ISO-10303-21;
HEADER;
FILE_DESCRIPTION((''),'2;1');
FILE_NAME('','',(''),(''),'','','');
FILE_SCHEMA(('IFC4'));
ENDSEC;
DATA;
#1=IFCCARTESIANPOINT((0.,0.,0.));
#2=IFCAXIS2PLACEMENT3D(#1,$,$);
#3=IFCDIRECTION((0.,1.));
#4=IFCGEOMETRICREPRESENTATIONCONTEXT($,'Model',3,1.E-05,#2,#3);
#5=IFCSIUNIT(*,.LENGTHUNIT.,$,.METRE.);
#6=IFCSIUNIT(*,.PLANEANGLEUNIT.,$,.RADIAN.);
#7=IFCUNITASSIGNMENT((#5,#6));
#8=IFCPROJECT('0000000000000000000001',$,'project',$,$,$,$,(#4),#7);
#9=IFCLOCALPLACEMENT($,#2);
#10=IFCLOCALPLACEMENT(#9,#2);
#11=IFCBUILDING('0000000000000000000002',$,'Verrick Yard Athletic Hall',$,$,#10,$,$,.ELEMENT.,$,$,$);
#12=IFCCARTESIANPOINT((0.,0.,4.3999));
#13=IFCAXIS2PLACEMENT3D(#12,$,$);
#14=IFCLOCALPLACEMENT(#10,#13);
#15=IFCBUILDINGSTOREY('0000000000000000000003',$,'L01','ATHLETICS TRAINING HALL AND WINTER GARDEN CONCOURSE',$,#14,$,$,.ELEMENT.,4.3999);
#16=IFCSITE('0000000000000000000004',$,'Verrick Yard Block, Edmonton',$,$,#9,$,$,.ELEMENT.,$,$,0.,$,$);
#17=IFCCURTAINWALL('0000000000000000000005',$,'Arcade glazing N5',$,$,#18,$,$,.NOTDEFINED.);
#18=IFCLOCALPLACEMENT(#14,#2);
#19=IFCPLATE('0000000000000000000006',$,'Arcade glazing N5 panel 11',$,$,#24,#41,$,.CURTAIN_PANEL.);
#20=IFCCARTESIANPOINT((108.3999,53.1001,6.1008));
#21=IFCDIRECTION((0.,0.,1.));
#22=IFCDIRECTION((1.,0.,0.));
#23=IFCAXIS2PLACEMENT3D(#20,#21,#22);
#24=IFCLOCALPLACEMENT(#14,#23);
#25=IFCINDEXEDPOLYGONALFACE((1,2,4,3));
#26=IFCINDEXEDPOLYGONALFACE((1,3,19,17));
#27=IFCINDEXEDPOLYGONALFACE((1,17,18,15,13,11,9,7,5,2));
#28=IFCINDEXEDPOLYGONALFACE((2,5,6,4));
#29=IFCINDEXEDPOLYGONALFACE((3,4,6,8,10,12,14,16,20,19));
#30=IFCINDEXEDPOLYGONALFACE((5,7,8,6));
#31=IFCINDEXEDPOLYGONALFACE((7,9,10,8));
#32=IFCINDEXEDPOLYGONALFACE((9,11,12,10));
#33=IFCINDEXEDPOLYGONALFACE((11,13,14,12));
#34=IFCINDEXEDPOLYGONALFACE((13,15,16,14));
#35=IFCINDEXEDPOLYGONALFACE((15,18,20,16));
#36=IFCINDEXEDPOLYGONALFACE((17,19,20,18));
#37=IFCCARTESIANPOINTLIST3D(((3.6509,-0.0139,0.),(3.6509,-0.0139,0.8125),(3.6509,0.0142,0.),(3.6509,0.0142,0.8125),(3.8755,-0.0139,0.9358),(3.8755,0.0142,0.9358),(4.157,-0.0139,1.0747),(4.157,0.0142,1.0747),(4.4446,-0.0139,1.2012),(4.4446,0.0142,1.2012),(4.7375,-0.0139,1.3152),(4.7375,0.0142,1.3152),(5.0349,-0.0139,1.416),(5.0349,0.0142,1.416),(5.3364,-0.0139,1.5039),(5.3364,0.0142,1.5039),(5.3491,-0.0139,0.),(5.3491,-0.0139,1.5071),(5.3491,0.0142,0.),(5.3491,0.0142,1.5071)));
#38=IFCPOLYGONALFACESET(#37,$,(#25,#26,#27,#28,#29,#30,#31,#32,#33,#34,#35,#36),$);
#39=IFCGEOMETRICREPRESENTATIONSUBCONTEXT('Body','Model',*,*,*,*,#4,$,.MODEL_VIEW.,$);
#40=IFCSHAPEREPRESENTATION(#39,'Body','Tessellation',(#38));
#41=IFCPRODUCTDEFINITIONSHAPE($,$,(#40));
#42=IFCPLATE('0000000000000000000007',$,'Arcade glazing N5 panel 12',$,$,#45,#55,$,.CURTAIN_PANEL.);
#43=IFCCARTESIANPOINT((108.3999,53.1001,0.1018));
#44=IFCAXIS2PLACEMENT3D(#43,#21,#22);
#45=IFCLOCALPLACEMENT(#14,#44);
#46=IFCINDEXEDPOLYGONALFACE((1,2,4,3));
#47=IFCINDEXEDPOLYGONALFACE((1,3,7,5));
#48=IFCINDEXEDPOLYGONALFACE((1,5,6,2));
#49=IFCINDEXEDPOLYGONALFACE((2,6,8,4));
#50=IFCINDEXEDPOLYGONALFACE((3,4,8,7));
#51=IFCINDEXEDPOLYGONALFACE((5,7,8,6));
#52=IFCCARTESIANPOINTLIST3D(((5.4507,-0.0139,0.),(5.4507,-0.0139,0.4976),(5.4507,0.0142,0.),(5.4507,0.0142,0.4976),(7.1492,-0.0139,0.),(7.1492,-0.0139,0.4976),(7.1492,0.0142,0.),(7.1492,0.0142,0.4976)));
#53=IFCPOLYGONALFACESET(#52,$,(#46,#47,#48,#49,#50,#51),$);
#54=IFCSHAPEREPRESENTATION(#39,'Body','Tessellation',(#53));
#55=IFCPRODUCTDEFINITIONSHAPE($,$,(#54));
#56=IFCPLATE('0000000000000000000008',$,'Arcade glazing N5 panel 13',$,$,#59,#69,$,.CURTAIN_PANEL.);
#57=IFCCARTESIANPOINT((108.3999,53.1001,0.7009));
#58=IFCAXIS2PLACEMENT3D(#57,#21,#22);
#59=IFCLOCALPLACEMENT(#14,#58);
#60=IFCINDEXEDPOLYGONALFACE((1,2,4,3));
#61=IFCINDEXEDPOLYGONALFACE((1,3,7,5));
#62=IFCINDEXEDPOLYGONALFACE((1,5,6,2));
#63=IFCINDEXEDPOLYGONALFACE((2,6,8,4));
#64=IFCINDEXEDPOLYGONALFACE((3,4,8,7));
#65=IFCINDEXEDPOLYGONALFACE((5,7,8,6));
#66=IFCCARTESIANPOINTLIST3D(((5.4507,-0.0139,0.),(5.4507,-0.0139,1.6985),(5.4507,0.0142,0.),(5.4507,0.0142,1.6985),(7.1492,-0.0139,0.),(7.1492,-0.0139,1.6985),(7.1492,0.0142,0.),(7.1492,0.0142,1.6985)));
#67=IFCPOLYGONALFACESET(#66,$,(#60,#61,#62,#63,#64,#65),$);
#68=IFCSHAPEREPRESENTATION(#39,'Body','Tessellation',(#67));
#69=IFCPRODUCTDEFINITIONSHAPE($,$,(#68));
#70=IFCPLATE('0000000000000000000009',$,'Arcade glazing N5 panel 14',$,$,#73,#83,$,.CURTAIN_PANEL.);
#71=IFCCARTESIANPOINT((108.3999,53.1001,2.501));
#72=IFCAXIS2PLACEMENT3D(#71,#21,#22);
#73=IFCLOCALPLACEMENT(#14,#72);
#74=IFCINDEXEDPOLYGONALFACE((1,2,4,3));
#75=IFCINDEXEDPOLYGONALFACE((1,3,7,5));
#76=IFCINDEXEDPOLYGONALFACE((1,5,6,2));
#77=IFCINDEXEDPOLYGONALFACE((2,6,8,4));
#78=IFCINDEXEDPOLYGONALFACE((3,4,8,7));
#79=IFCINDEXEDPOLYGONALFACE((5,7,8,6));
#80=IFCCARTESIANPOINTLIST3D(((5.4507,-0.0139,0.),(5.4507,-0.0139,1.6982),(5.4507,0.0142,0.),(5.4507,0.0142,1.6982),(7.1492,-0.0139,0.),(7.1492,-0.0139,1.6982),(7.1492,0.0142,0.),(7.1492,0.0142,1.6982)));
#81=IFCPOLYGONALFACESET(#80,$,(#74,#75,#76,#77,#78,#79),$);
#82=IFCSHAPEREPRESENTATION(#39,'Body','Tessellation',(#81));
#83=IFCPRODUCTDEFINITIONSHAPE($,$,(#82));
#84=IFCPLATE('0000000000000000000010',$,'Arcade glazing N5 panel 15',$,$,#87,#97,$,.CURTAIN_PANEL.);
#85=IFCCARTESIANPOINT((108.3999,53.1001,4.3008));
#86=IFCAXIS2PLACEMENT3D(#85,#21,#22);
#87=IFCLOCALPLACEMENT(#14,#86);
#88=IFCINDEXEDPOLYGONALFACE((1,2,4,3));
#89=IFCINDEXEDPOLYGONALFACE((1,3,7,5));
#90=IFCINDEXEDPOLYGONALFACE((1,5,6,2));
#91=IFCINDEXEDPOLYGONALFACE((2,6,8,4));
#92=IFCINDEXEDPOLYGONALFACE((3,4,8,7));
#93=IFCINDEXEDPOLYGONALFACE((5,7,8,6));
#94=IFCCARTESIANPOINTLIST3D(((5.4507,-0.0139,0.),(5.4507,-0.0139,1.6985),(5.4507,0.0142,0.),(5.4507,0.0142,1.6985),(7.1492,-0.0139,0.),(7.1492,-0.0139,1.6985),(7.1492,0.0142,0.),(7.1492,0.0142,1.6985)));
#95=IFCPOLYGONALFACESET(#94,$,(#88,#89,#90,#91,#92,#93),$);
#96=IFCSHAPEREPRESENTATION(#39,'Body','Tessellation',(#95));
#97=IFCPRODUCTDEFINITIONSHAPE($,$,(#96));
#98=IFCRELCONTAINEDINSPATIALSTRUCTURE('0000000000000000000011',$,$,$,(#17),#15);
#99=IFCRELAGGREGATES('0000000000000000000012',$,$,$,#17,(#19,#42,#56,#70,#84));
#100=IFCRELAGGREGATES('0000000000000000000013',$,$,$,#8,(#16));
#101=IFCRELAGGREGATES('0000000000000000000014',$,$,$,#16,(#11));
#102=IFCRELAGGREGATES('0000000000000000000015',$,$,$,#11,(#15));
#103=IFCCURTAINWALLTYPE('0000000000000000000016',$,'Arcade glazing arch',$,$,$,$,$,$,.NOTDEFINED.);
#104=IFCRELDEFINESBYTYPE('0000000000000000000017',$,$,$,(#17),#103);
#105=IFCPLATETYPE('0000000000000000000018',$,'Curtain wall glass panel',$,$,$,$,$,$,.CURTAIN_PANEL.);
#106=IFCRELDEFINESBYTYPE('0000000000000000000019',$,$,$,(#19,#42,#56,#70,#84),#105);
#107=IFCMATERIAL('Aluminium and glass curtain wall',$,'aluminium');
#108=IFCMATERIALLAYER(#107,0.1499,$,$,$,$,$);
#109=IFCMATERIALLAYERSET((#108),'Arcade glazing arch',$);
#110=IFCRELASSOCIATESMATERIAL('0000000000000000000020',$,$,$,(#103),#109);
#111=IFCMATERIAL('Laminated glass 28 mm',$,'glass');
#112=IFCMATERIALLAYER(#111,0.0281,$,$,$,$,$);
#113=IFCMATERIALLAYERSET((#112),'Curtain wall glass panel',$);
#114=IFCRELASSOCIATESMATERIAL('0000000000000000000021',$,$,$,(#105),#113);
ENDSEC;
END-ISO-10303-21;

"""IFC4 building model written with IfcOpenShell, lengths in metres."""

from ifc_helpers import new_model, si_unit, direction, frame, origin, place, context, subcontext, project, spatial, polyline, outline, extrude, material, layer, layer_set, type_object, element, aggregate, save


model = new_model("IFC4")

# Units and contexts
model_context = context("Model", 3, precision=1e-05, world=origin(), true_north=direction((0.0, 1.0)))
body_context = subcontext(model_context, "Body", "Model", "MODEL_VIEW")
ifc_project = project(units=[si_unit("LENGTHUNIT", "METRE"), si_unit("PLANEANGLEUNIT", "RADIAN")], contexts=[model_context])

# Site, building, storey
site_placement = place(None, origin())
site = spatial("IfcSite", under=ifc_project, at=site_placement, Name="Verrick Yard Block, Edmonton", CompositionType="ELEMENT", RefElevation=0.0)
building_placement = place(site_placement, origin())
building = spatial("IfcBuilding", under=site, at=building_placement, Name="Verrick Yard Athletic Hall", CompositionType="ELEMENT")
storey_placement = place(building_placement, frame((0.0, 0.0, 4.3999)))
storey = spatial("IfcBuildingStorey", under=building, at=storey_placement, Name="L01", Description="ATHLETICS TRAINING HALL AND WINTER GARDEN CONCOURSE", CompositionType="ELEMENT", Elevation=4.3999)

# Shared definitions
ifc_material_1 = material(Name="Aluminium and glass curtain wall", Category="aluminium")
ifc_layer_1 = layer(ifc_material_1, 0.1499)
ifc_layer_set_1 = layer_set([ifc_layer_1], Name="Arcade glazing arch")
curtain_wall_type = type_object("IfcCurtainWallType", Name="Arcade glazing arch", PredefinedType="NOTDEFINED", material=ifc_layer_set_1)

# Curtain wall, plates
curtain_wall_1_placement = place(storey_placement, origin())
curtain_wall_1 = element("IfcCurtainWall", 1, at=curtain_wall_1_placement, inside=storey, type_object=curtain_wall_type, Name="Arcade glazing N5", PredefinedType="NOTDEFINED")
ifc_material_2 = material(Name="Laminated glass 28 mm", Category="glass")
ifc_layer_2 = layer(ifc_material_2, 0.0281)
ifc_layer_set_2 = layer_set([ifc_layer_2], Name="Curtain wall glass panel")
plate_type = type_object("IfcPlateType", Name="Curtain wall glass panel", PredefinedType="CURTAIN_PANEL", material=ifc_layer_set_2)
plate_1_placement = place(storey_placement, frame((108.3999, 53.1001, 6.1008), z_axis=(0.0, 0.0, 1.0), x_axis=(1.0, 0.0, 0.0)))
plate_1 = element("IfcPlate", 2, at=plate_1_placement, type_object=plate_type, Name="Arcade glazing N5 panel 11", PredefinedType="CURTAIN_PANEL", context=body_context, shape_type="SweptSolid", body=[
    extrude(outline(polyline([(5.3491, 1.5071), (5.3364, 1.5039), (5.0349, 1.416), (4.7375, 1.3152), (4.4446, 1.2012), (4.157, 1.0747), (3.8755, 0.9358), (3.6509, 0.8125), (3.6509, 0.0), (5.3491, 0.0), (5.3491, 1.5071)])), frame((0.0, 0.0142, 0.0), z_axis=(0.0, -1.0, 0.0), x_axis=(1.0, 0.0, 0.0)), (0.0, 0.0, 1.0), 0.0281),
])
plate_2_placement = place(storey_placement, frame((108.3999, 53.1001, 0.1018), z_axis=(0.0, 0.0, 1.0), x_axis=(1.0, 0.0, 0.0)))
plate_2 = element("IfcPlate", 3, at=plate_2_placement, type_object=plate_type, Name="Arcade glazing N5 panel 12", PredefinedType="CURTAIN_PANEL", context=body_context, shape_type="SweptSolid", body=[
    extrude(outline(polyline([(7.1492, 0.0), (7.1492, 0.4976), (5.4507, 0.4976), (5.4507, 0.0), (7.1492, 0.0)])), frame((0.0, 0.0142, 0.0), z_axis=(0.0, -1.0, 0.0), x_axis=(1.0, 0.0, 0.0)), (0.0, 0.0, 1.0), 0.0281),
])
plate_3_placement = place(storey_placement, frame((108.3999, 53.1001, 0.7009), z_axis=(0.0, 0.0, 1.0), x_axis=(1.0, 0.0, 0.0)))
plate_3 = element("IfcPlate", 4, at=plate_3_placement, type_object=plate_type, Name="Arcade glazing N5 panel 13", PredefinedType="CURTAIN_PANEL", context=body_context, shape_type="SweptSolid", body=[
    extrude(outline(polyline([(7.1492, 0.0), (7.1492, 1.6985), (5.4507, 1.6985), (5.4507, 0.0), (7.1492, 0.0)])), frame((0.0, 0.0142, 0.0), z_axis=(0.0, -1.0, 0.0), x_axis=(1.0, 0.0, 0.0)), (0.0, 0.0, 1.0), 0.0281),
])
plate_4_placement = place(storey_placement, frame((108.3999, 53.1001, 2.501), z_axis=(0.0, 0.0, 1.0), x_axis=(1.0, 0.0, 0.0)))
plate_4 = element("IfcPlate", 5, at=plate_4_placement, type_object=plate_type, Name="Arcade glazing N5 panel 14", PredefinedType="CURTAIN_PANEL", context=body_context, shape_type="SweptSolid", body=[
    extrude(outline(polyline([(7.1492, 0.0), (7.1492, 1.6982), (5.4507, 1.6982), (5.4507, 0.0), (7.1492, 0.0)])), frame((0.0, 0.0142, 0.0), z_axis=(0.0, -1.0, 0.0), x_axis=(1.0, 0.0, 0.0)), (0.0, 0.0, 1.0), 0.0281),
])
plate_5_placement = place(storey_placement, frame((108.3999, 53.1001, 4.3008), z_axis=(0.0, 0.0, 1.0), x_axis=(1.0, 0.0, 0.0)))
plate_5 = element("IfcPlate", 6, at=plate_5_placement, type_object=plate_type, Name="Arcade glazing N5 panel 15", PredefinedType="CURTAIN_PANEL", context=body_context, shape_type="SweptSolid", body=[
    extrude(outline(polyline([(7.1492, 0.0), (7.1492, 1.6985), (5.4507, 1.6985), (5.4507, 0.0), (7.1492, 0.0)])), frame((0.0, 0.0142, 0.0), z_axis=(0.0, -1.0, 0.0), x_axis=(1.0, 0.0, 0.0)), (0.0, 0.0, 1.0), 0.0281),
])
aggregate(curtain_wall_1, [plate_1, plate_2, plate_3, plate_4, plate_5])

save(model, "model.ifc")
